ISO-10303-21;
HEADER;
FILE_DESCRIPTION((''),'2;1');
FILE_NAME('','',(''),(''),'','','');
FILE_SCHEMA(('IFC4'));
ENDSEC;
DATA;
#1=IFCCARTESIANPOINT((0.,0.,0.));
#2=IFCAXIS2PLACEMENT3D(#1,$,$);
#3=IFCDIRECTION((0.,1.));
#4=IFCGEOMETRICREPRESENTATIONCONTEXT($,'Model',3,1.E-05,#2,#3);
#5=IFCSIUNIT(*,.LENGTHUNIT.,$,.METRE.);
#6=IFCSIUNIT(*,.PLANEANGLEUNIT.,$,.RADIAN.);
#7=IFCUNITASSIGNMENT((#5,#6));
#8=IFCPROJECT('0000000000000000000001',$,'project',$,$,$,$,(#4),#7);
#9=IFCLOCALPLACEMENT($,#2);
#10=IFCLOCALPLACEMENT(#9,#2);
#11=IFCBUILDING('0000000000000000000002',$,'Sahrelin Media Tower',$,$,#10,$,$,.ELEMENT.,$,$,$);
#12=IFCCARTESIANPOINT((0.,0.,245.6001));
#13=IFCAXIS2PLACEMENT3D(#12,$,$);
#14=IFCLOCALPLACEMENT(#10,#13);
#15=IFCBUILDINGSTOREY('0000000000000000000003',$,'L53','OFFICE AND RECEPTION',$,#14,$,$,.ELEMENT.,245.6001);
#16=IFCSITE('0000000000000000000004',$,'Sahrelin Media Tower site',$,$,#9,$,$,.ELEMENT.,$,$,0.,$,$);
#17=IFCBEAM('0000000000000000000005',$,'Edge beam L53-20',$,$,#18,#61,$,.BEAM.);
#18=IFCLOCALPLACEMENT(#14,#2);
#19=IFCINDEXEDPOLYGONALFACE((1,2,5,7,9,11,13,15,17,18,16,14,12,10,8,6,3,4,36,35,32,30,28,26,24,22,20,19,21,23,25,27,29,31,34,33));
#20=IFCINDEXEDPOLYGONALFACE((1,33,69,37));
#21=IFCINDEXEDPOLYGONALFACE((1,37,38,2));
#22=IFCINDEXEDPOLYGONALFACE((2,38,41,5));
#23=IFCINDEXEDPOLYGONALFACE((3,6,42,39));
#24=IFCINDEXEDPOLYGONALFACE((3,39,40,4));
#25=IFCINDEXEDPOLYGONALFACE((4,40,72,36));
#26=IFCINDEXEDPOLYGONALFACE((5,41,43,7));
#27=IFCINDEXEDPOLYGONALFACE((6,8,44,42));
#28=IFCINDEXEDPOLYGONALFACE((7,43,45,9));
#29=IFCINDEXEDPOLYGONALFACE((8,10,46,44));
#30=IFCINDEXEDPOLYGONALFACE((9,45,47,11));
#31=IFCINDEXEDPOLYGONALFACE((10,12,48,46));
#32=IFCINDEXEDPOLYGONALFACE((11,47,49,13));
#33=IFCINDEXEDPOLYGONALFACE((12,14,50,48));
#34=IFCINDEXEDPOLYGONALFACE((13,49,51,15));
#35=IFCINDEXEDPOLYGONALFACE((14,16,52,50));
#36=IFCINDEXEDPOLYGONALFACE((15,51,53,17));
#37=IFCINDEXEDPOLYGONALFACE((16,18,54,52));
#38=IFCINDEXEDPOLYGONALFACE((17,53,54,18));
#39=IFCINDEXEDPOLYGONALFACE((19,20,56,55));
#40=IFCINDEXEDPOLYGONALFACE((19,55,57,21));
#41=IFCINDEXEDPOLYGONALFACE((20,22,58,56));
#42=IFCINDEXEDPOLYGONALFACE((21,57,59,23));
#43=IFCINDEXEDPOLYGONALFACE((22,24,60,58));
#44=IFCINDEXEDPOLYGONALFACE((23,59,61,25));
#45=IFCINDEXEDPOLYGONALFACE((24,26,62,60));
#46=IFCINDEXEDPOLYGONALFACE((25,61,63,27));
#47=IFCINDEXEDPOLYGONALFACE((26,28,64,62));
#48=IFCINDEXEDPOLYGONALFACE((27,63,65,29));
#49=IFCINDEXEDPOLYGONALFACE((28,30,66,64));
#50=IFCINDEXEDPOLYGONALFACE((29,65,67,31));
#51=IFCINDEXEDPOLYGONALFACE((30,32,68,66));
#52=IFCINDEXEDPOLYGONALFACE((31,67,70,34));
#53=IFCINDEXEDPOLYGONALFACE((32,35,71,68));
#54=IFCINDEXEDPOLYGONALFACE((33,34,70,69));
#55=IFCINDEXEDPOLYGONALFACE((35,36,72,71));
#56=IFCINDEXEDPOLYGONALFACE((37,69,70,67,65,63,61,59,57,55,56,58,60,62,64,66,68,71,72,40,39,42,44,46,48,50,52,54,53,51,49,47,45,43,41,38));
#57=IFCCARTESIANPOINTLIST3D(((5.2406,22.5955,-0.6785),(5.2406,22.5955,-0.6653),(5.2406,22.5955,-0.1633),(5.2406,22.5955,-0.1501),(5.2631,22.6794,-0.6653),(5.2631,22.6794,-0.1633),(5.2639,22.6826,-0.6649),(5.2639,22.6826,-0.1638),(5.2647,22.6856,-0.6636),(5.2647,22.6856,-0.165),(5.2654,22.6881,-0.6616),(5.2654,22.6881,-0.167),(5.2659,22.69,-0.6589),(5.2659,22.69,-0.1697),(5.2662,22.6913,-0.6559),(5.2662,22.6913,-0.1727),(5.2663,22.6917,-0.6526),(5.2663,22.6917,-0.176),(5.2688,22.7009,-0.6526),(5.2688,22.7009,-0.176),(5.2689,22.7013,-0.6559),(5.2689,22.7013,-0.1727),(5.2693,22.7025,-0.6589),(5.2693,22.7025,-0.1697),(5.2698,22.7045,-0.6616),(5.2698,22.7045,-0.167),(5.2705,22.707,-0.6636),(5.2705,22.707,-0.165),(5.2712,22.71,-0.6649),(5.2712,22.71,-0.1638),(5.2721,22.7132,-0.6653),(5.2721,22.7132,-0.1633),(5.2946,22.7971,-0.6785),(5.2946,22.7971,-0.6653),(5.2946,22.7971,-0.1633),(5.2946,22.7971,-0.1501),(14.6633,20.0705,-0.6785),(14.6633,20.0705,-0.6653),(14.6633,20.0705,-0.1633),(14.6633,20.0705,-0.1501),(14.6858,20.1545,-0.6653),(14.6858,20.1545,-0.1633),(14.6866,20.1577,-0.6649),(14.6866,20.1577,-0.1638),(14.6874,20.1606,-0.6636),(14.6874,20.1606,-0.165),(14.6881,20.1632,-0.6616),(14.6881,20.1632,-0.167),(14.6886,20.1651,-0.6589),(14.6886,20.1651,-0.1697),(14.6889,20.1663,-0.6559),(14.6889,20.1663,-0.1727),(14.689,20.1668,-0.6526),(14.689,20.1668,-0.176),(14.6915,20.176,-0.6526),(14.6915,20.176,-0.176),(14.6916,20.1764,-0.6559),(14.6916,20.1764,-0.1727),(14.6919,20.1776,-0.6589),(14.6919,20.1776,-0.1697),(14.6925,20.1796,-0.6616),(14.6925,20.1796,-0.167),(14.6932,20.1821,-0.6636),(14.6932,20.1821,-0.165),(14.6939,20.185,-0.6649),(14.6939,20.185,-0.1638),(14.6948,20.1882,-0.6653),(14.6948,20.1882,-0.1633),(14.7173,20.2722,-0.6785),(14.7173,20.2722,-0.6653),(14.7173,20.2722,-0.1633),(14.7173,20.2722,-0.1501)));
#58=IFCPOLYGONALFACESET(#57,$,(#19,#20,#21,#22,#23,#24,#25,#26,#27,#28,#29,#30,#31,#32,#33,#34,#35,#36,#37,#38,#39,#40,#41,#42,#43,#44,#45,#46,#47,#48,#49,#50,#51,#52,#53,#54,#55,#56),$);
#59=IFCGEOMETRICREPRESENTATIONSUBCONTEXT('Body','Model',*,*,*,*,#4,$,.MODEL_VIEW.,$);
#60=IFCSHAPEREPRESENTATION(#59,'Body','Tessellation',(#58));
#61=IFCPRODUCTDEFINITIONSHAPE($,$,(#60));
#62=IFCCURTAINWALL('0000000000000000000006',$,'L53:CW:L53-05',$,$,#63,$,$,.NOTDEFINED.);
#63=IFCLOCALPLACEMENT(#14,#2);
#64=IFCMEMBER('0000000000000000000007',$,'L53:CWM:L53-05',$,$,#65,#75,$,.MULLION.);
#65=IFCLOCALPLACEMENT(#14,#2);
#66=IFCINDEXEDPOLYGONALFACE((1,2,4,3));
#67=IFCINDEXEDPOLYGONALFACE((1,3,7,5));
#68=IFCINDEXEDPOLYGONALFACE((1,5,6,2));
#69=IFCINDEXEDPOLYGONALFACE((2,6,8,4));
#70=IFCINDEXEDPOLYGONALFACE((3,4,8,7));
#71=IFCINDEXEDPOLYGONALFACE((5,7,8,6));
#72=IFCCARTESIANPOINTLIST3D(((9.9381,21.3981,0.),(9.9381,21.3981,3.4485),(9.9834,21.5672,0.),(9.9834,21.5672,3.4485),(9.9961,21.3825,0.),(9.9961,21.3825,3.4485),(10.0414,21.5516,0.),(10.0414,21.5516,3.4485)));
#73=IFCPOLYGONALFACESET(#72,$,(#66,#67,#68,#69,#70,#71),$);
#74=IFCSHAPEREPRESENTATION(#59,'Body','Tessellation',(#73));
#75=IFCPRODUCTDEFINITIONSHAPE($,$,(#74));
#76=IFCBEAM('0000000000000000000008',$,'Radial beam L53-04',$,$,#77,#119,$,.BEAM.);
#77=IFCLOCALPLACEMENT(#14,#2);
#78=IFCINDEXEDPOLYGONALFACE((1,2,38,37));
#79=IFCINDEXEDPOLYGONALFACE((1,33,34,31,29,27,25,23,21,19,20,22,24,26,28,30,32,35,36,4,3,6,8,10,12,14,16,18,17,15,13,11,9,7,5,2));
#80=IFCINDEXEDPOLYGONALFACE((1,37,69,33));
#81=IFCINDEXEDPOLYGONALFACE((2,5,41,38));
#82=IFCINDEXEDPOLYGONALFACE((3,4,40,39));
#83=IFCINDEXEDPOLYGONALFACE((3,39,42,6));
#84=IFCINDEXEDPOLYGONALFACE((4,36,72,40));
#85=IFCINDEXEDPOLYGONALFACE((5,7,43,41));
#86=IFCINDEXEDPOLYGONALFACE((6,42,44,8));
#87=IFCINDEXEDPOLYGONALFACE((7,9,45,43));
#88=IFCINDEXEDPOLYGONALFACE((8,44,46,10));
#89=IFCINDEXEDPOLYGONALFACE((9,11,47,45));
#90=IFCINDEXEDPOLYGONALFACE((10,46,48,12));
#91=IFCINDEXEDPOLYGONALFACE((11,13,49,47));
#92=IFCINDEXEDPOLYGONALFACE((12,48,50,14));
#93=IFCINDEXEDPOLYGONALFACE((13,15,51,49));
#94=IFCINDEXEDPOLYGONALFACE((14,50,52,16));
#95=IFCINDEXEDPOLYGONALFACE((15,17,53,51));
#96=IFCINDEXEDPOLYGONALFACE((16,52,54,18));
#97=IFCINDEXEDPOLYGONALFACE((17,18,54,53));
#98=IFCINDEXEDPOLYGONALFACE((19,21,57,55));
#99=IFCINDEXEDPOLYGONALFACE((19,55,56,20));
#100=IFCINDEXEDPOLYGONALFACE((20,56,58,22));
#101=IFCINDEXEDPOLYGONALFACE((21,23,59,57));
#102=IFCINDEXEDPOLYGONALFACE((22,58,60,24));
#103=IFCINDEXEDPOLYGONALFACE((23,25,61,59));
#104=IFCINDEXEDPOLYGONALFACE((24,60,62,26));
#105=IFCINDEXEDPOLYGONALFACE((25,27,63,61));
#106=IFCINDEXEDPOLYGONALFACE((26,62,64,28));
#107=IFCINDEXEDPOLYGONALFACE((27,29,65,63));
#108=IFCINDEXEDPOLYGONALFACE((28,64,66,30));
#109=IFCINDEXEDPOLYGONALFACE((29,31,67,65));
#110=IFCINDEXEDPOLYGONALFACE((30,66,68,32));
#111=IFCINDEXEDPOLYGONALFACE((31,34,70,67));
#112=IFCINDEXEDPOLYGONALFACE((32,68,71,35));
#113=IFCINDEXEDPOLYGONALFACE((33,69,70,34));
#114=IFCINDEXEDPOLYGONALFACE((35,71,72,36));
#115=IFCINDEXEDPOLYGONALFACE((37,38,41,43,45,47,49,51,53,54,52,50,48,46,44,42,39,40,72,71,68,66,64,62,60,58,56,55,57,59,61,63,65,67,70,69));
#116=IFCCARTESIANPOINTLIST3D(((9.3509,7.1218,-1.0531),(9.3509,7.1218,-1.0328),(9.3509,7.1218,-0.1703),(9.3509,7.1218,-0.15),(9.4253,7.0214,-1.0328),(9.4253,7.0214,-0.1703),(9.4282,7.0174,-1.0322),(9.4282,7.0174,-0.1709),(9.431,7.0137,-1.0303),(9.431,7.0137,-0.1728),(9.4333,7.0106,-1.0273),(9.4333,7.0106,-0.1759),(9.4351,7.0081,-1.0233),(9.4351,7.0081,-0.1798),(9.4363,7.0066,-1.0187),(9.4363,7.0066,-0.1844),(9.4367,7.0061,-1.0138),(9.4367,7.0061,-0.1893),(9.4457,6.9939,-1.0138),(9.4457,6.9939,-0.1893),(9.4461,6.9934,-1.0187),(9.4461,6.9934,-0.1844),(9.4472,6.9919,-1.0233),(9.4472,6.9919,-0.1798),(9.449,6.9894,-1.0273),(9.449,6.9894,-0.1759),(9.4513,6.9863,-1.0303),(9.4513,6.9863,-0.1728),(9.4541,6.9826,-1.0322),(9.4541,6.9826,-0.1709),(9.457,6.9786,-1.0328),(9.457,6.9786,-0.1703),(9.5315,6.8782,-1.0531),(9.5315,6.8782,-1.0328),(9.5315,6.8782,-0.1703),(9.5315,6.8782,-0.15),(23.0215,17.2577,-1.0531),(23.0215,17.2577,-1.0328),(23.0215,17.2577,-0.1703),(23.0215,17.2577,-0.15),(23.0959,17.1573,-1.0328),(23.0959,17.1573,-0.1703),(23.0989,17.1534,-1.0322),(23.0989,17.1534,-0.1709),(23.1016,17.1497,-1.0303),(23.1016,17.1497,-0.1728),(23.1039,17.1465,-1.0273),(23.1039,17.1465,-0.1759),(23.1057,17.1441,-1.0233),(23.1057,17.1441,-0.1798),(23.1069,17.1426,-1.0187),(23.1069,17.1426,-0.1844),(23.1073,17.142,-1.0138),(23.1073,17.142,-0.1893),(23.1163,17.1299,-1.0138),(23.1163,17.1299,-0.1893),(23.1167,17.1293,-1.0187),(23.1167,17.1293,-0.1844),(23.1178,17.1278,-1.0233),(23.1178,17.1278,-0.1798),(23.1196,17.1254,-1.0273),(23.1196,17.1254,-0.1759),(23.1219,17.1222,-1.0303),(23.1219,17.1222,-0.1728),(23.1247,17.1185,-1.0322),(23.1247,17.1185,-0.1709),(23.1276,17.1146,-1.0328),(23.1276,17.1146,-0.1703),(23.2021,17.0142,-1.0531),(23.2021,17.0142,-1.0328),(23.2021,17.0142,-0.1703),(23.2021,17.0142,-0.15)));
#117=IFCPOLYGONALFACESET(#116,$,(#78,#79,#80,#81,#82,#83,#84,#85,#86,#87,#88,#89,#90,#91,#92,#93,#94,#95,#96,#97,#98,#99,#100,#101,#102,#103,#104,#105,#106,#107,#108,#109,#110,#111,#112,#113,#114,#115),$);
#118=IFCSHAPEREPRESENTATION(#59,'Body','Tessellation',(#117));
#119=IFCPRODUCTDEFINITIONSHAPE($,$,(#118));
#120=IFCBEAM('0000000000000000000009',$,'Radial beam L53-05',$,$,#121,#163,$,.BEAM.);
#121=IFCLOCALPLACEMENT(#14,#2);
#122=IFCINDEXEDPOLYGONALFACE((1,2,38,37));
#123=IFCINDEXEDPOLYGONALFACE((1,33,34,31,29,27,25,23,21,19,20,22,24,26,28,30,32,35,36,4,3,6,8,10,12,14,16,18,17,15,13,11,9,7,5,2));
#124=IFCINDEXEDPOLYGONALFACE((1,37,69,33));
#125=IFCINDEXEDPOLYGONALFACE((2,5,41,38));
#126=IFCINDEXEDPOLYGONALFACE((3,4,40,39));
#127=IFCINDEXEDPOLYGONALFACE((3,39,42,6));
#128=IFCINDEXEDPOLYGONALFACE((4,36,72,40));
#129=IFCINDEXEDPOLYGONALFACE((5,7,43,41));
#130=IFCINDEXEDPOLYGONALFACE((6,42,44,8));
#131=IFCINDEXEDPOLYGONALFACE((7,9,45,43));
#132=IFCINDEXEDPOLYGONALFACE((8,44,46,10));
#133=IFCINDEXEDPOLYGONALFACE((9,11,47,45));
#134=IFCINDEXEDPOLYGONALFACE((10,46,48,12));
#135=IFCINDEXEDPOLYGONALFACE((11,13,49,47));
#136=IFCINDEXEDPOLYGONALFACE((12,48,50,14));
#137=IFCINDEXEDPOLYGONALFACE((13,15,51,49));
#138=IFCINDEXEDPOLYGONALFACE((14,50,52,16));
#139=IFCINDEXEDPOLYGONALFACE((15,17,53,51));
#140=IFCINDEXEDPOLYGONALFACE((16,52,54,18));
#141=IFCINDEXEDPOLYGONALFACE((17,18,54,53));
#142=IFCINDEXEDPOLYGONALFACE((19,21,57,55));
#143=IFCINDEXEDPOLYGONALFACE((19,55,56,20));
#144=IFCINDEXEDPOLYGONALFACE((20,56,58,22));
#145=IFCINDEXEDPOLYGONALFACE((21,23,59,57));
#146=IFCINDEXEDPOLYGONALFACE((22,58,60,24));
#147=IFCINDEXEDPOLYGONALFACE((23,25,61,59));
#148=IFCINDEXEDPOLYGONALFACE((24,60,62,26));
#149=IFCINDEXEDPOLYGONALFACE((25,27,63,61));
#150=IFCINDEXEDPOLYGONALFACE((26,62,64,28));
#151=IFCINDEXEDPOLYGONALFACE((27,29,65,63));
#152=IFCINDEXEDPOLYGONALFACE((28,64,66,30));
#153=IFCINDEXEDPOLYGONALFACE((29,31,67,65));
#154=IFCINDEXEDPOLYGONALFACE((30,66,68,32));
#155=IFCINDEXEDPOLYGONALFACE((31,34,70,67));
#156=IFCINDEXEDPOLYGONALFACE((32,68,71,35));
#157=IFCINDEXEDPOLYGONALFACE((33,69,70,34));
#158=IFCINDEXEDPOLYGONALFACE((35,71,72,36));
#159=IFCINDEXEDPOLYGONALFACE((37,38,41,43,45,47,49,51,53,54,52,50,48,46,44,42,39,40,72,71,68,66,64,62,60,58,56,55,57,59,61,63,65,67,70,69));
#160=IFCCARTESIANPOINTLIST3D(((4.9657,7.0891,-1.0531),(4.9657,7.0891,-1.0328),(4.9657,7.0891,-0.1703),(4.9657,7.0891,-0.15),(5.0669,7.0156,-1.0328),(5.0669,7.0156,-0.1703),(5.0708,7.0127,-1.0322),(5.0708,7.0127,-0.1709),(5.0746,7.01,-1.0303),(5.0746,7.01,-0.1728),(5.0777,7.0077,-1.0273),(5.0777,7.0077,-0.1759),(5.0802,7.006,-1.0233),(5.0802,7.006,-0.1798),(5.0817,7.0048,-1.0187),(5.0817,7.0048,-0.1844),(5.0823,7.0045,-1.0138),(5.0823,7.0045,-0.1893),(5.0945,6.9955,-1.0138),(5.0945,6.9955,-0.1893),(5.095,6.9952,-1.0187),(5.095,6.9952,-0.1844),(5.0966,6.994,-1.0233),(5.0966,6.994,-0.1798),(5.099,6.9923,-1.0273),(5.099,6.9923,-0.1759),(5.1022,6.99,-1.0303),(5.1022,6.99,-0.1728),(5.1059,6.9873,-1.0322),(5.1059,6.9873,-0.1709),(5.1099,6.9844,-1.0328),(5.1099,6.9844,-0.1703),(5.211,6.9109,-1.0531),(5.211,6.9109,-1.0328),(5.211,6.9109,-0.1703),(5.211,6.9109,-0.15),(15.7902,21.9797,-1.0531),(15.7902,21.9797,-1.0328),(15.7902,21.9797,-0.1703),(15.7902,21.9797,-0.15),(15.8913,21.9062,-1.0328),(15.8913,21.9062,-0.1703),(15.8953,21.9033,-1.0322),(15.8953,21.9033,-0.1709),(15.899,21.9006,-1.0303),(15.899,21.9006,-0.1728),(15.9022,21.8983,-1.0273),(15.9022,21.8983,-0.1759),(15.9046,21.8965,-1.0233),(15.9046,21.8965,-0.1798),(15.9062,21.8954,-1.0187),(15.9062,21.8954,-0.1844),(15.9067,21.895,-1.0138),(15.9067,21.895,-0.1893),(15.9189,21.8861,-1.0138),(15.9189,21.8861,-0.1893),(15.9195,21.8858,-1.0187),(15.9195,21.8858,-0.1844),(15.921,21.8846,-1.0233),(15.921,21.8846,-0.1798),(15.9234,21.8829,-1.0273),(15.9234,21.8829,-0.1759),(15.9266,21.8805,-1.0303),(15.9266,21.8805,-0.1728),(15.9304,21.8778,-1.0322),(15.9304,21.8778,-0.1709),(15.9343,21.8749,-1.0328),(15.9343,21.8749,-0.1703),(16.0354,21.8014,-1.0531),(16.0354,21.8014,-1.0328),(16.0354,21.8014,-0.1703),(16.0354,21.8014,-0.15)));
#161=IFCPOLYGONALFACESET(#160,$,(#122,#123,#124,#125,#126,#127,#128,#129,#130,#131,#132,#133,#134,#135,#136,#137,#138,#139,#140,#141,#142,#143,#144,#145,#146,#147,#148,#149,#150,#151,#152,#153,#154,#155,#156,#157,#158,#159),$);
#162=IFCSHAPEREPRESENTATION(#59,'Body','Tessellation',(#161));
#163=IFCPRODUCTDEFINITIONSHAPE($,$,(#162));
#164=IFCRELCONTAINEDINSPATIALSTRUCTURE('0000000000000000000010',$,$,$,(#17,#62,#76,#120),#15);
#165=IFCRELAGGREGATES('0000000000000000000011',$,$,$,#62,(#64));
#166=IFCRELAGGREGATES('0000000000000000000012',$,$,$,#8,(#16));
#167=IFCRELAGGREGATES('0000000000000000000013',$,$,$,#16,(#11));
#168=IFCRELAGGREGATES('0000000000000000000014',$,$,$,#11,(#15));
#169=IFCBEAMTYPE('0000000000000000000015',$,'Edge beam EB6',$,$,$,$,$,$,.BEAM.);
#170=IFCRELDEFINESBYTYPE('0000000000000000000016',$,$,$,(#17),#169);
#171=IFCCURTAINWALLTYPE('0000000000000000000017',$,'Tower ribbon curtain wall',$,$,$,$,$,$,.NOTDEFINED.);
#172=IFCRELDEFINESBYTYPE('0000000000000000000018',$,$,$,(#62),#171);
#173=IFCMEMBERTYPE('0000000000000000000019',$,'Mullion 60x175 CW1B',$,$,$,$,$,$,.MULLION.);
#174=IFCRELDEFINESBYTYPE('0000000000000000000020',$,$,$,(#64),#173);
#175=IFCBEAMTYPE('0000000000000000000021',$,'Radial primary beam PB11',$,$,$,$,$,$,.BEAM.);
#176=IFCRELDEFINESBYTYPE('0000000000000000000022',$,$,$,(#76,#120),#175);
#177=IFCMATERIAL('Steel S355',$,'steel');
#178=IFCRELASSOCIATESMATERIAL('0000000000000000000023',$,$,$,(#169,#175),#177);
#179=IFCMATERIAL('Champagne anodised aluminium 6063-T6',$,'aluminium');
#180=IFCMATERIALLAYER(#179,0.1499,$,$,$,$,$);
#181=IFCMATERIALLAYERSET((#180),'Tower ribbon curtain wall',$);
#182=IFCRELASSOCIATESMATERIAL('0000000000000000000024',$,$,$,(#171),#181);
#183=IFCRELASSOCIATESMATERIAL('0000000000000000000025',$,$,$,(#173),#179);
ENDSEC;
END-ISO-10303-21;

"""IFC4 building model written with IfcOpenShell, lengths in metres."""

from ifc_helpers import new_model, si_unit, direction, frame, origin, origin_2d, place, context, subcontext, project, spatial, rectangle, i_section, extrude, material, layer, layer_set, material_profile, profile_set, type_object, element, aggregate, save


model = new_model("IFC4")

# Units and contexts
model_context = context("Model", 3, precision=1e-05, world=origin(), true_north=direction((0.0, 1.0)))
body_context = subcontext(model_context, "Body", "Model", "MODEL_VIEW")
ifc_project = project(units=[si_unit("LENGTHUNIT", "METRE"), si_unit("PLANEANGLEUNIT", "RADIAN")], contexts=[model_context])

# Site, building, storey
site_placement = place(None, origin())
site = spatial("IfcSite", under=ifc_project, at=site_placement, Name="Sahrelin Media Tower site", CompositionType="ELEMENT", RefElevation=0.0)
building_placement = place(site_placement, origin())
building = spatial("IfcBuilding", under=site, at=building_placement, Name="Sahrelin Media Tower", CompositionType="ELEMENT")
storey_placement = place(building_placement, frame((0.0, 0.0, 245.6001)))
storey = spatial("IfcBuildingStorey", under=building, at=storey_placement, Name="L53", Description="OFFICE AND RECEPTION", CompositionType="ELEMENT", Elevation=245.6001)

# Beam
ifc_material_1 = material(Name="Steel S355", Category="steel")
ifc_material_profile_1 = material_profile(ifc_material_1, i_section(OverallWidth=0.2087, OverallDepth=0.5283, WebThickness=0.0095, FlangeThickness=0.0132, FilletRadius=0.0127, at=origin_2d()), Name="UB 533x210x82")
ifc_profile_set_1 = profile_set([ifc_material_profile_1], Name="Steel S355")
beam_type_1 = type_object("IfcBeamType", Name="Edge beam EB6", PredefinedType="BEAM", material=ifc_profile_set_1)
beam_1_placement = place(storey_placement, frame((5.2676, 22.6963, -0.4143), z_axis=(0.965923, -0.258831, 0.0), x_axis=(0.258831, 0.965923, 0.0)))
element("IfcBeam", 1, at=beam_1_placement, inside=storey, type_object=beam_type_1, Name="Edge beam L53-20", PredefinedType="BEAM", context=body_context, shape_type="SweptSolid", body=[
    extrude(i_section(OverallWidth=0.2087, OverallDepth=0.5283, WebThickness=0.0095, FlangeThickness=0.0132, FilletRadius=0.0127, at=origin_2d()), origin(), (0.0, 0.0, 1.0), 9.7551),
])

# Curtain wall, member
ifc_material_2 = material(Name="Champagne anodised aluminium 6063-T6", Category="aluminium")
ifc_layer_1 = layer(ifc_material_2, 0.1499)
ifc_layer_set_1 = layer_set([ifc_layer_1], Name="Tower ribbon curtain wall")
curtain_wall_type = type_object("IfcCurtainWallType", Name="Tower ribbon curtain wall", PredefinedType="NOTDEFINED", material=ifc_layer_set_1)
curtain_wall_1_placement = place(storey_placement, frame((10.0176, 21.5786, 0.0), z_axis=(0.0, 0.0, 1.0), x_axis=(1.0, 0.0, 0.0)))
curtain_wall_1 = element("IfcCurtainWall", 2, at=curtain_wall_1_placement, inside=storey, type_object=curtain_wall_type, Name="L53:CW:L53-05", PredefinedType="NOTDEFINED")
ifc_material_profile_2 = material_profile(ifc_material_2, rectangle(XDim=0.0601, YDim=0.175, at=origin_2d()), Name="Mullion 60x175")
ifc_profile_set_2 = profile_set([ifc_material_profile_2], Name="Champagne anodised aluminium 6063-T6")
member_type_1 = type_object("IfcMemberType", Name="Mullion 60x175 CW1B", PredefinedType="MULLION", material=ifc_profile_set_2)
member_1_placement = place(storey_placement, frame((9.9897, 21.4749, 0.0), z_axis=(0.0, 0.0, 1.0), x_axis=(-0.965925, 0.258821, 0.0)))
member_1 = element("IfcMember", 3, at=member_1_placement, type_object=member_type_1, Name="L53:CWM:L53-05", PredefinedType="MULLION", context=body_context, shape_type="SweptSolid", body=[
    extrude(rectangle(XDim=0.0601, YDim=0.175, at=origin_2d()), origin(), (0.0, 0.0, 1.0), 3.4485),
])
aggregate(curtain_wall_1, [member_1])

# Beams
ifc_material_profile_3 = material_profile(ifc_material_1, i_section(OverallWidth=0.3032, OverallDepth=0.9031, WebThickness=0.0151, FlangeThickness=0.0203, FilletRadius=0.019, at=origin_2d()), Name="UB 914x305x201")
ifc_profile_set_3 = profile_set([ifc_material_profile_3], Name="Steel S355")
beam_type_2 = type_object("IfcBeamType", Name="Radial primary beam PB11", PredefinedType="BEAM", material=ifc_profile_set_3)
beam_2_placement = place(storey_placement, frame((9.4412, 7.0, -0.6016), z_axis=(0.803288, 0.595591, 0.0), x_axis=(-0.595591, 0.803288, 0.0)))
element("IfcBeam", 4, at=beam_2_placement, inside=storey, type_object=beam_type_2, Name="Radial beam L53-04", PredefinedType="BEAM", context=body_context, shape_type="SweptSolid", body=[
    extrude(i_section(OverallWidth=0.3032, OverallDepth=0.9031, WebThickness=0.0151, FlangeThickness=0.0203, FilletRadius=0.019, at=origin_2d()), origin(), (0.0, 0.0, 1.0), 17.0183),
])
beam_3_placement = place(storey_placement, frame((5.0884, 7.0, -0.6016), z_axis=(0.587991, 0.808867, 0.0), x_axis=(-0.808867, 0.587991, 0.0)))
element("IfcBeam", 5, at=beam_3_placement, inside=storey, type_object=beam_type_2, Name="Radial beam L53-05", PredefinedType="BEAM", context=body_context, shape_type="SweptSolid", body=[
    extrude(i_section(OverallWidth=0.3032, OverallDepth=0.9031, WebThickness=0.0151, FlangeThickness=0.0203, FilletRadius=0.019, at=origin_2d()), origin(), (0.0, 0.0, 1.0), 18.4092),
])

save(model, "model.ifc")
